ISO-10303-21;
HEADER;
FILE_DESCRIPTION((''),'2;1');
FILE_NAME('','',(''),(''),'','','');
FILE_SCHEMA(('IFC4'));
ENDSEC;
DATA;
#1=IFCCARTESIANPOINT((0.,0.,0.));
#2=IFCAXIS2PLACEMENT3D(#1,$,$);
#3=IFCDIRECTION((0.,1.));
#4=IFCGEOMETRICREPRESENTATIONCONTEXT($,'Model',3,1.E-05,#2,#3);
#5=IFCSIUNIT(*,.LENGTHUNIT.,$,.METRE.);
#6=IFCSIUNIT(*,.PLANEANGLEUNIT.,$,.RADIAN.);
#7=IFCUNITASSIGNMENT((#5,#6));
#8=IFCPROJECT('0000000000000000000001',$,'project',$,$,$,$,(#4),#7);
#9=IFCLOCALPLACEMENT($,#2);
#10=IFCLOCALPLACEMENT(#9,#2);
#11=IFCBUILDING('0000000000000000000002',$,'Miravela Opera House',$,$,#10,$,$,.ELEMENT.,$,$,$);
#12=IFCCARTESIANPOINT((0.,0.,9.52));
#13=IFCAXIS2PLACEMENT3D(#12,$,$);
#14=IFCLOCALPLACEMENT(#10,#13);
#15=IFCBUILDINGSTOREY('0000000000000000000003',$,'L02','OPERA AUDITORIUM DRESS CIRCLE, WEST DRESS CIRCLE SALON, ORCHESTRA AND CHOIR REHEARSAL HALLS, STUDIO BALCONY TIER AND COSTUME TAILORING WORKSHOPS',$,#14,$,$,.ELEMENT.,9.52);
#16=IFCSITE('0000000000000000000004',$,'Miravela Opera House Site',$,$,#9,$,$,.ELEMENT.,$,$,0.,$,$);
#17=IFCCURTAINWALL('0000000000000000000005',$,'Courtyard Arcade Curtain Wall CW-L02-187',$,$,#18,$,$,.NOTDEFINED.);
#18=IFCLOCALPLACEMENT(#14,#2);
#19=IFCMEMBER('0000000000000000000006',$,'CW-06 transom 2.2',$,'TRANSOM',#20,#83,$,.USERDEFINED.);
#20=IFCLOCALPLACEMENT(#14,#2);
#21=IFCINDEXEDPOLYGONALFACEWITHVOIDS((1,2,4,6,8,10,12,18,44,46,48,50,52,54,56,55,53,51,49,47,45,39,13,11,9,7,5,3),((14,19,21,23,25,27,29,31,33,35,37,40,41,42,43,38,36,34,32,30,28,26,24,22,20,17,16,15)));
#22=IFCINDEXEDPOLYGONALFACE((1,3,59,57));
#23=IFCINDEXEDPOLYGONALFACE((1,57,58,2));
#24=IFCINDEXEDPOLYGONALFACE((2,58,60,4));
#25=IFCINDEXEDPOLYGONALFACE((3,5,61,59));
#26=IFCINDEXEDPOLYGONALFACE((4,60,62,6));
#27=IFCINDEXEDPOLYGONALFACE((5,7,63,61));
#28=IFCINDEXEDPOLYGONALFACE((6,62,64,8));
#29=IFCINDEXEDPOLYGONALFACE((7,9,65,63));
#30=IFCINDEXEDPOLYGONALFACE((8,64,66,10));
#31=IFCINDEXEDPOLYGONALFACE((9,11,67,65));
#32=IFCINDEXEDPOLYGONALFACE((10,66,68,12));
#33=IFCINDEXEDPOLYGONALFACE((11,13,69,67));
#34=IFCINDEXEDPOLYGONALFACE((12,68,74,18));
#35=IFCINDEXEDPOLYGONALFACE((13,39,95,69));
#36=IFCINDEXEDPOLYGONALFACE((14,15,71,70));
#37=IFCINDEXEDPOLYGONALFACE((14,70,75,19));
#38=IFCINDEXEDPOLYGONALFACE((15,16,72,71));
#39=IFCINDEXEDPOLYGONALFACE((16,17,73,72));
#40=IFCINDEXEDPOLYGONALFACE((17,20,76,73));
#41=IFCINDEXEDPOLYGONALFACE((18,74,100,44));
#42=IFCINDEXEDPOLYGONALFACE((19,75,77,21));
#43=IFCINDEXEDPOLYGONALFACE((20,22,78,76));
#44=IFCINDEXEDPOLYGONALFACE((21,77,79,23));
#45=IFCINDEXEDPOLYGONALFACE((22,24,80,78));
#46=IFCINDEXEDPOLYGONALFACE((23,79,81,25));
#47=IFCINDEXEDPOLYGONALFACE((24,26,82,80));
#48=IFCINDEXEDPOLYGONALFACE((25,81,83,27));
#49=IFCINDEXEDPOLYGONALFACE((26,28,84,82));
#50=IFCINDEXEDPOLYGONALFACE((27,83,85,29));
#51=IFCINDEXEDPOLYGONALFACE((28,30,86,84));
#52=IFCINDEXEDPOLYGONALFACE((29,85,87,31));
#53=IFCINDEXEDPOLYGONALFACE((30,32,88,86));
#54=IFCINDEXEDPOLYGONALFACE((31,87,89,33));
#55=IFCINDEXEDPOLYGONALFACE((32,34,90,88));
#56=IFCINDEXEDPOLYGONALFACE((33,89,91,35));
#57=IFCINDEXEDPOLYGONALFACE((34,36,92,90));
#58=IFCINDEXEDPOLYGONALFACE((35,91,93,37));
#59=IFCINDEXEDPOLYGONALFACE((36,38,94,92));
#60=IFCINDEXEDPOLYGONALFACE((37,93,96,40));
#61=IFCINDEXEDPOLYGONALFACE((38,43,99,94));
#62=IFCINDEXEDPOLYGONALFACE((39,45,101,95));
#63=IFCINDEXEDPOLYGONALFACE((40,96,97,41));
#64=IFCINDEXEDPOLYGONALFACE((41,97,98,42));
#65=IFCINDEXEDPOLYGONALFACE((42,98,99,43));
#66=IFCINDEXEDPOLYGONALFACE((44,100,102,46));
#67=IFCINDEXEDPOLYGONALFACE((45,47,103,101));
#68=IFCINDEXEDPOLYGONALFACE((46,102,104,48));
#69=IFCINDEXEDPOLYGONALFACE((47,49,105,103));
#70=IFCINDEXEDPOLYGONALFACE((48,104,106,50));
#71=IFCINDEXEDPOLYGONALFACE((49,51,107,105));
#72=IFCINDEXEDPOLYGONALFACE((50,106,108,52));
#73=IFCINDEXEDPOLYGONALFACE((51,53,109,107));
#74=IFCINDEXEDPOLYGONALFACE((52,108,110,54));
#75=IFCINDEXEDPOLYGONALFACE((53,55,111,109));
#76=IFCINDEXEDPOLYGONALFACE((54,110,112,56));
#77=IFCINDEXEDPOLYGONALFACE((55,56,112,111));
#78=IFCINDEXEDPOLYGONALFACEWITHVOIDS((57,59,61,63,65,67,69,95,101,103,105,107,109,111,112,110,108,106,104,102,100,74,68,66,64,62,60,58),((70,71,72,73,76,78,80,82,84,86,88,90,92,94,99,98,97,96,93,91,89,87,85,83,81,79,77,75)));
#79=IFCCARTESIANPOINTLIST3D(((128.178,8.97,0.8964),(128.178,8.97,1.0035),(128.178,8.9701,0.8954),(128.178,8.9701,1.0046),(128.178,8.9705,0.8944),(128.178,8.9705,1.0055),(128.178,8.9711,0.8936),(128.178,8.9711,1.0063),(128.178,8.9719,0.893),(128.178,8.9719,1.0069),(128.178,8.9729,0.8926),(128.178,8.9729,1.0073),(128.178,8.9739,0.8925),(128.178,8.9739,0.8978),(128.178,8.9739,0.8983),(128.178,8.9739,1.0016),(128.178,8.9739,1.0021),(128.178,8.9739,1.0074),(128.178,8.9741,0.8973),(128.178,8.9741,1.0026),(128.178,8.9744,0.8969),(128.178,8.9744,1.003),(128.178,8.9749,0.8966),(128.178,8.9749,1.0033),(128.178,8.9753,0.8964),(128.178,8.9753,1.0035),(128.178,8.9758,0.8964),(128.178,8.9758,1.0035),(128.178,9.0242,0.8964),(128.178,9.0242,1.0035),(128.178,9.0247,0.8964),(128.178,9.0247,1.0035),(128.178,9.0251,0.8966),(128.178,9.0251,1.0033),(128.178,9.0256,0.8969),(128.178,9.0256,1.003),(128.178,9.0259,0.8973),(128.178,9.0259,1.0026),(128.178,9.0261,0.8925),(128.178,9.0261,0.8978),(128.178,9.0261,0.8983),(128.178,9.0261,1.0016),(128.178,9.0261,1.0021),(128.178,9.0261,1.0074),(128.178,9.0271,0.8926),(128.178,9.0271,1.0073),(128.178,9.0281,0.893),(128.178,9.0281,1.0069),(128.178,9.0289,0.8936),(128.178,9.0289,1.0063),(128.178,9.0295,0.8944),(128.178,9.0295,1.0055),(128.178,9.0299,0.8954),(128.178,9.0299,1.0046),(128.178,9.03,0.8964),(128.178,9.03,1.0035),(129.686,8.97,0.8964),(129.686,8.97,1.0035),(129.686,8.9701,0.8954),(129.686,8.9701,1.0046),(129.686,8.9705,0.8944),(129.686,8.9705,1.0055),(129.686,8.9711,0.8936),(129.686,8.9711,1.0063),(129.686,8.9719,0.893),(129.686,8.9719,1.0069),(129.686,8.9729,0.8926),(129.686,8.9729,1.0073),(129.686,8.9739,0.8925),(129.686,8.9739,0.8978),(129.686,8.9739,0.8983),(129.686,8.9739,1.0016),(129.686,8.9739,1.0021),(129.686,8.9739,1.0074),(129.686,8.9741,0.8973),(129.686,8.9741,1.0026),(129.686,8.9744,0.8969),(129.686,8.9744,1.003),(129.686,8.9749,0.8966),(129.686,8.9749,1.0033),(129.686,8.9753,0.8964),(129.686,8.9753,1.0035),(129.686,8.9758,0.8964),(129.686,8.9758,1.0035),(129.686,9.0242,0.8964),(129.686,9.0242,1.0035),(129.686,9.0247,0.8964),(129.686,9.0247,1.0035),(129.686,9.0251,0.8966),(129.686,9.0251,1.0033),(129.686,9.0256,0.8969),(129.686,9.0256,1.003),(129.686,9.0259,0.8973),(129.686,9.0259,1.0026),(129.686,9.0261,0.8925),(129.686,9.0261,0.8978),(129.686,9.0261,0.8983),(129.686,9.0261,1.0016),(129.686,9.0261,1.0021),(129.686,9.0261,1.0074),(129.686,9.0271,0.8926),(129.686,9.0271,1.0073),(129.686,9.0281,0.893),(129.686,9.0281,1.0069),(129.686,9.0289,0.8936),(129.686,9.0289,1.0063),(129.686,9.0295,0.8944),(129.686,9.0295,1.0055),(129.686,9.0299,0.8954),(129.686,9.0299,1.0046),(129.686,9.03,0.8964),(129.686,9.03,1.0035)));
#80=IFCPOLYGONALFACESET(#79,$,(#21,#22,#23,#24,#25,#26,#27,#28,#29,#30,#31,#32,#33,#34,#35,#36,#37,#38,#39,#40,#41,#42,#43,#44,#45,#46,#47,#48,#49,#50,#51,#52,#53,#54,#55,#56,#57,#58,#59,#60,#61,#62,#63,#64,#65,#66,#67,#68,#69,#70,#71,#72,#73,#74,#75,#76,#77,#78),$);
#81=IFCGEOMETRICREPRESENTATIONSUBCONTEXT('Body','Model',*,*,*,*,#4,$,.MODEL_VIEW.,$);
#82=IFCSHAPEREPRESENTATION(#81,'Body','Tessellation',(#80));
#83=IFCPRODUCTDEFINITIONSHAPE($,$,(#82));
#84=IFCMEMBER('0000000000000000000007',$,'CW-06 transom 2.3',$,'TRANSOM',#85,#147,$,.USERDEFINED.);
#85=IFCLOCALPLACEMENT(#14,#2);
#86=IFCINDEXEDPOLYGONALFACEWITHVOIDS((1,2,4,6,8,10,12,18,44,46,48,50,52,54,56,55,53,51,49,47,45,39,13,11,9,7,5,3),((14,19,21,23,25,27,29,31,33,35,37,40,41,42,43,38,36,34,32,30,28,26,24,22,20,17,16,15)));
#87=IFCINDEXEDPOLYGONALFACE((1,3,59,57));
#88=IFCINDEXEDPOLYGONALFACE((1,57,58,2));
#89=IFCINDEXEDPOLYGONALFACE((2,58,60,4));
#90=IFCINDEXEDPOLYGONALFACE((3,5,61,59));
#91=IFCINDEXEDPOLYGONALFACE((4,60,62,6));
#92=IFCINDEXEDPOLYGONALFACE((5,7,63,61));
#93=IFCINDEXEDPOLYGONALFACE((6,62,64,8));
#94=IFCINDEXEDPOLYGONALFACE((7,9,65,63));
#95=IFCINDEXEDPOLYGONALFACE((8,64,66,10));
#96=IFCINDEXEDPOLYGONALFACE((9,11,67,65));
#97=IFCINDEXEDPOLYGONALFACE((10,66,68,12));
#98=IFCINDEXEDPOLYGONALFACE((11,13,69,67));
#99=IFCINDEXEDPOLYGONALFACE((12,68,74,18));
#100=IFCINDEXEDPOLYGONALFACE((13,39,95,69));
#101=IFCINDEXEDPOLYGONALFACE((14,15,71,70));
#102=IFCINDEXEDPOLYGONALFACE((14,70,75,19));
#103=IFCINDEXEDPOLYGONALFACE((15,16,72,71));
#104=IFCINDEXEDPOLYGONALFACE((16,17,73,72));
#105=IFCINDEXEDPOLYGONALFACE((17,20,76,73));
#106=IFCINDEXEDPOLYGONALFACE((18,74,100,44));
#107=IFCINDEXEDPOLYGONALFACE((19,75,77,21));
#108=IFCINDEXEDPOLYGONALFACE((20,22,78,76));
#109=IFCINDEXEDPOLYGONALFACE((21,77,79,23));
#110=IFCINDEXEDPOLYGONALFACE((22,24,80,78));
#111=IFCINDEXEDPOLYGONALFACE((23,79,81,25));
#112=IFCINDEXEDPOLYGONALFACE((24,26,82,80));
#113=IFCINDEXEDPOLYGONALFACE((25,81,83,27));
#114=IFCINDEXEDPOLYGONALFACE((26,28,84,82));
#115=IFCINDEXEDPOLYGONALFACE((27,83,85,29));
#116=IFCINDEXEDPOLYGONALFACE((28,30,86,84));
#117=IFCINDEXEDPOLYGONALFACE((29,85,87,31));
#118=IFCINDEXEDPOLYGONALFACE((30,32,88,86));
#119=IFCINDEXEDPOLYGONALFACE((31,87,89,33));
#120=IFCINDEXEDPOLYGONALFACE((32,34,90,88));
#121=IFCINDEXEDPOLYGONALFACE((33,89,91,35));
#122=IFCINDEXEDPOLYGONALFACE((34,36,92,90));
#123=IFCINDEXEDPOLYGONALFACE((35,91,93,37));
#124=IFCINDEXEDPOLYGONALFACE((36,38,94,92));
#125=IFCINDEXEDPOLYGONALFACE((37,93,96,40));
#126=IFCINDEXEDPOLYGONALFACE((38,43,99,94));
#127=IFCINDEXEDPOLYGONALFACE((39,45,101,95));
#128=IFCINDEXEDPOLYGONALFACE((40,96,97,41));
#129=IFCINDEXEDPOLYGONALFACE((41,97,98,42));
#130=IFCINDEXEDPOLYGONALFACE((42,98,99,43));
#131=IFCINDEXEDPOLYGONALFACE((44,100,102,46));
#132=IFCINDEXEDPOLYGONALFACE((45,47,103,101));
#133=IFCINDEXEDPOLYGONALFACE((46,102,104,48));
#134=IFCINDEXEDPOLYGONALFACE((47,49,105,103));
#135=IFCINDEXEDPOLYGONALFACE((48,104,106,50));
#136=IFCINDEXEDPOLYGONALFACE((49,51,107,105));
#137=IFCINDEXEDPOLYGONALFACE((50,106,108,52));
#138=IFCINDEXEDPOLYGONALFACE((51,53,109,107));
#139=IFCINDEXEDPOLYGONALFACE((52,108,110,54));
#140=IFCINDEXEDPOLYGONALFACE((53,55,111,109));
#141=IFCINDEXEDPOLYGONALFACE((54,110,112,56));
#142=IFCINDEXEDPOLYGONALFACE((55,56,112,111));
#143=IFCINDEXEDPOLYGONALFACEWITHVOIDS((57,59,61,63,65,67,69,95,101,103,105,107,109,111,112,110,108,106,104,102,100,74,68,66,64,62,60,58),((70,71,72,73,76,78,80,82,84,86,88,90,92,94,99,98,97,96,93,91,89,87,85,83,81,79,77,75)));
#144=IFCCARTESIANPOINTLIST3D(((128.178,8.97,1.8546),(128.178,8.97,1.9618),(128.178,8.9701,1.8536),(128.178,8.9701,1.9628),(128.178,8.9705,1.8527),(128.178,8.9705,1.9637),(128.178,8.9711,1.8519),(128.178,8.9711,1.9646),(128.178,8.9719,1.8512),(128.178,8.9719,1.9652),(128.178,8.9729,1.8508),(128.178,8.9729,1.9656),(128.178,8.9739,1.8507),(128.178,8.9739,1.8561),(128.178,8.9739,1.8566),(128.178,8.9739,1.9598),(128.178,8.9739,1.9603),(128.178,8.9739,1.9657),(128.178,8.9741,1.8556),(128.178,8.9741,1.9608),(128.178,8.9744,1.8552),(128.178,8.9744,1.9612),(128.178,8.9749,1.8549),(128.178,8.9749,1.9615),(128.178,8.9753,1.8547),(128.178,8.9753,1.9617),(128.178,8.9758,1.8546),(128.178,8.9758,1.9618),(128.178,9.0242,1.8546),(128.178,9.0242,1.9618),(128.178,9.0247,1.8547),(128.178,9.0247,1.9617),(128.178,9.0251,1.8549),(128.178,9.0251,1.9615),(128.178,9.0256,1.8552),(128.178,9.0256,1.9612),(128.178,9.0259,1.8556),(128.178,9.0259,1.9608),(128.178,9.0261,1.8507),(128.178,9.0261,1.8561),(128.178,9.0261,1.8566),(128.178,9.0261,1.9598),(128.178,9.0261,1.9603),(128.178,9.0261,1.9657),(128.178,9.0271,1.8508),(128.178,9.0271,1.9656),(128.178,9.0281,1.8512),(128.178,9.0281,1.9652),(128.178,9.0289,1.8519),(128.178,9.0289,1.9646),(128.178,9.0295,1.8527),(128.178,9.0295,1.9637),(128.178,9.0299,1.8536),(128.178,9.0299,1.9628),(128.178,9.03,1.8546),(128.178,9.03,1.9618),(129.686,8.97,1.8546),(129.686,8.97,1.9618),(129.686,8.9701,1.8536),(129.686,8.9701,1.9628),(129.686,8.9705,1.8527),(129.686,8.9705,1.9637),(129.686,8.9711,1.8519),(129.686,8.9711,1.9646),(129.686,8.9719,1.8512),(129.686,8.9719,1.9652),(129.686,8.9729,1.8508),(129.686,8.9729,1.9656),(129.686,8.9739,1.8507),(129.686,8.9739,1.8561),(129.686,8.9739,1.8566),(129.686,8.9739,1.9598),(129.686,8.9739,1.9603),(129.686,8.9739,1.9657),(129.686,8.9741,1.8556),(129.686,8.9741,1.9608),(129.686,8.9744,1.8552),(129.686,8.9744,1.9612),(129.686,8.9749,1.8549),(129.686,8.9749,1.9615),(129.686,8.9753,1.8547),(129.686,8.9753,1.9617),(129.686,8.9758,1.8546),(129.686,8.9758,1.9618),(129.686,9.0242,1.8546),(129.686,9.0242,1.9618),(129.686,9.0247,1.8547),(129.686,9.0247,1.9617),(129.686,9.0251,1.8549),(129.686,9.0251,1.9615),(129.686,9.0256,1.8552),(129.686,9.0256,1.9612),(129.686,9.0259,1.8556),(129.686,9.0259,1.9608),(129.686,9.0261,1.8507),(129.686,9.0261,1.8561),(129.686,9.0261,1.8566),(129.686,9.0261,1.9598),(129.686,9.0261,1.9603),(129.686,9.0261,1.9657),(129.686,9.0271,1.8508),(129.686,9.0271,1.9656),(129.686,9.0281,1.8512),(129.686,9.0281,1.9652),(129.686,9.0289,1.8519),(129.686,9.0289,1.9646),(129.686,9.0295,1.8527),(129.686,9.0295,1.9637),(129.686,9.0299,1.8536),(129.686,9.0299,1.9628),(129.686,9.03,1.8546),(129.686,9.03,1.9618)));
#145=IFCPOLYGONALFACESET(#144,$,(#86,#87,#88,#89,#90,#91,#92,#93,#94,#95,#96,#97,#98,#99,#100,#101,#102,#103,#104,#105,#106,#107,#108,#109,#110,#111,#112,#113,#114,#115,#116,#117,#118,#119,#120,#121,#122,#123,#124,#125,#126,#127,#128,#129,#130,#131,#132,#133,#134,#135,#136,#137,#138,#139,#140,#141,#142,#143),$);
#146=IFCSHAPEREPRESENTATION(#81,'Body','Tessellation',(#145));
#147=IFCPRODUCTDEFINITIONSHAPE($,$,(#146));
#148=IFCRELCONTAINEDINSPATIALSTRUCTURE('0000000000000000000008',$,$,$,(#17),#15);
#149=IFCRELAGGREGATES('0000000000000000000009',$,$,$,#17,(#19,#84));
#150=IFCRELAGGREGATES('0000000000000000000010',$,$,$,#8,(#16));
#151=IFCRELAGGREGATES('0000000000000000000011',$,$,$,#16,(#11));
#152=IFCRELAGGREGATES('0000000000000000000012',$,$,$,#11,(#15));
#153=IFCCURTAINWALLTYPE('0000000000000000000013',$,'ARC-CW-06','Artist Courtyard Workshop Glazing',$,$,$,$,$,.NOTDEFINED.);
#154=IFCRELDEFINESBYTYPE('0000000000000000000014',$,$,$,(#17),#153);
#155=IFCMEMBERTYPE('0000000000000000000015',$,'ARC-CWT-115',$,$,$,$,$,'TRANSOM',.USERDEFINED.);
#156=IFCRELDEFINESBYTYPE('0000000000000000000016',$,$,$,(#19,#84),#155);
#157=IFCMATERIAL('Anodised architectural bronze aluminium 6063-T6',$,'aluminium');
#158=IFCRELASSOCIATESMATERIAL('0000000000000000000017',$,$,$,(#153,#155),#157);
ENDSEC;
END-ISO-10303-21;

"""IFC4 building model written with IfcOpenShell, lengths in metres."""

from ifc_helpers import new_model, si_unit, direction, frame, origin, origin_2d, place, context, subcontext, project, spatial, hollow_rectangle, extrude, material, material_profile, profile_set, type_object, element, aggregate, save


model = new_model("IFC4")

# Units and contexts
model_context = context("Model", 3, precision=1e-05, world=origin(), true_north=direction((0.0, 1.0)))
body_context = subcontext(model_context, "Body", "Model", "MODEL_VIEW")
ifc_project = project(units=[si_unit("LENGTHUNIT", "METRE"), si_unit("PLANEANGLEUNIT", "RADIAN")], contexts=[model_context])

# Site, building, storey
site_placement = place(None, origin())
site = spatial("IfcSite", under=ifc_project, at=site_placement, Name="Miravela Opera House Site", CompositionType="ELEMENT", RefElevation=0.0)
building_placement = place(site_placement, origin())
building = spatial("IfcBuilding", under=site, at=building_placement, Name="Miravela Opera House", CompositionType="ELEMENT")
storey_placement = place(building_placement, frame((0.0, 0.0, 9.52)))
storey = spatial("IfcBuildingStorey", under=building, at=storey_placement, Name="L02", Description="OPERA AUDITORIUM DRESS CIRCLE, WEST DRESS CIRCLE SALON, ORCHESTRA AND CHOIR REHEARSAL HALLS, STUDIO BALCONY TIER AND COSTUME TAILORING WORKSHOPS", CompositionType="ELEMENT", Elevation=9.52)

# Shared definitions
ifc_material_1 = material(Name="Anodised architectural bronze aluminium 6063-T6", Category="aluminium")
curtain_wall_type = type_object("IfcCurtainWallType", Name="ARC-CW-06", Description="Artist Courtyard Workshop Glazing", PredefinedType="NOTDEFINED", material=ifc_material_1)

# Curtain wall
curtain_wall_1_placement = place(storey_placement, origin())
curtain_wall_1 = element("IfcCurtainWall", 1, at=curtain_wall_1_placement, inside=storey, type_object=curtain_wall_type, Name="Courtyard Arcade Curtain Wall CW-L02-187", PredefinedType="NOTDEFINED")

# Members
ifc_material_profile_1 = material_profile(ifc_material_1, hollow_rectangle(XDim=0.0601, YDim=0.115, WallThickness=0.0039, InnerFilletRadius=0.002, OuterFilletRadius=0.0039, at=origin_2d()), Name="CWT-60X115")
ifc_profile_set_1 = profile_set([ifc_material_profile_1])
member_type_1 = type_object("IfcMemberType", Name="ARC-CWT-115", ElementType="TRANSOM", PredefinedType="USERDEFINED", material=ifc_profile_set_1)
member_1_placement = place(storey_placement, frame((128.178, 9.0, 0.95), z_axis=(1.0, 0.0, 0.0), x_axis=(0.0, 1.0, 0.0)))
member_1 = element("IfcMember", 2, at=member_1_placement, type_object=member_type_1, Name="CW-06 transom 2.2", ObjectType="TRANSOM", PredefinedType="USERDEFINED", context=body_context, shape_type="SweptSolid", body=[
    extrude(hollow_rectangle(XDim=0.0601, YDim=0.115, WallThickness=0.0039, InnerFilletRadius=0.002, OuterFilletRadius=0.0039, at=origin_2d()), origin(), (0.0, 0.0, 1.0), 1.5081),
])
member_2_placement = place(storey_placement, frame((128.178, 9.0, 1.9082), z_axis=(1.0, 0.0, 0.0), x_axis=(0.0, 1.0, 0.0)))
member_2 = element("IfcMember", 3, at=member_2_placement, type_object=member_type_1, Name="CW-06 transom 2.3", ObjectType="TRANSOM", PredefinedType="USERDEFINED", context=body_context, shape_type="SweptSolid", body=[
    extrude(hollow_rectangle(XDim=0.0601, YDim=0.115, WallThickness=0.0039, InnerFilletRadius=0.002, OuterFilletRadius=0.0039, at=origin_2d()), origin(), (0.0, 0.0, 1.0), 1.5081),
])

aggregate(curtain_wall_1, [member_1, member_2])

save(model, "model.ifc")
